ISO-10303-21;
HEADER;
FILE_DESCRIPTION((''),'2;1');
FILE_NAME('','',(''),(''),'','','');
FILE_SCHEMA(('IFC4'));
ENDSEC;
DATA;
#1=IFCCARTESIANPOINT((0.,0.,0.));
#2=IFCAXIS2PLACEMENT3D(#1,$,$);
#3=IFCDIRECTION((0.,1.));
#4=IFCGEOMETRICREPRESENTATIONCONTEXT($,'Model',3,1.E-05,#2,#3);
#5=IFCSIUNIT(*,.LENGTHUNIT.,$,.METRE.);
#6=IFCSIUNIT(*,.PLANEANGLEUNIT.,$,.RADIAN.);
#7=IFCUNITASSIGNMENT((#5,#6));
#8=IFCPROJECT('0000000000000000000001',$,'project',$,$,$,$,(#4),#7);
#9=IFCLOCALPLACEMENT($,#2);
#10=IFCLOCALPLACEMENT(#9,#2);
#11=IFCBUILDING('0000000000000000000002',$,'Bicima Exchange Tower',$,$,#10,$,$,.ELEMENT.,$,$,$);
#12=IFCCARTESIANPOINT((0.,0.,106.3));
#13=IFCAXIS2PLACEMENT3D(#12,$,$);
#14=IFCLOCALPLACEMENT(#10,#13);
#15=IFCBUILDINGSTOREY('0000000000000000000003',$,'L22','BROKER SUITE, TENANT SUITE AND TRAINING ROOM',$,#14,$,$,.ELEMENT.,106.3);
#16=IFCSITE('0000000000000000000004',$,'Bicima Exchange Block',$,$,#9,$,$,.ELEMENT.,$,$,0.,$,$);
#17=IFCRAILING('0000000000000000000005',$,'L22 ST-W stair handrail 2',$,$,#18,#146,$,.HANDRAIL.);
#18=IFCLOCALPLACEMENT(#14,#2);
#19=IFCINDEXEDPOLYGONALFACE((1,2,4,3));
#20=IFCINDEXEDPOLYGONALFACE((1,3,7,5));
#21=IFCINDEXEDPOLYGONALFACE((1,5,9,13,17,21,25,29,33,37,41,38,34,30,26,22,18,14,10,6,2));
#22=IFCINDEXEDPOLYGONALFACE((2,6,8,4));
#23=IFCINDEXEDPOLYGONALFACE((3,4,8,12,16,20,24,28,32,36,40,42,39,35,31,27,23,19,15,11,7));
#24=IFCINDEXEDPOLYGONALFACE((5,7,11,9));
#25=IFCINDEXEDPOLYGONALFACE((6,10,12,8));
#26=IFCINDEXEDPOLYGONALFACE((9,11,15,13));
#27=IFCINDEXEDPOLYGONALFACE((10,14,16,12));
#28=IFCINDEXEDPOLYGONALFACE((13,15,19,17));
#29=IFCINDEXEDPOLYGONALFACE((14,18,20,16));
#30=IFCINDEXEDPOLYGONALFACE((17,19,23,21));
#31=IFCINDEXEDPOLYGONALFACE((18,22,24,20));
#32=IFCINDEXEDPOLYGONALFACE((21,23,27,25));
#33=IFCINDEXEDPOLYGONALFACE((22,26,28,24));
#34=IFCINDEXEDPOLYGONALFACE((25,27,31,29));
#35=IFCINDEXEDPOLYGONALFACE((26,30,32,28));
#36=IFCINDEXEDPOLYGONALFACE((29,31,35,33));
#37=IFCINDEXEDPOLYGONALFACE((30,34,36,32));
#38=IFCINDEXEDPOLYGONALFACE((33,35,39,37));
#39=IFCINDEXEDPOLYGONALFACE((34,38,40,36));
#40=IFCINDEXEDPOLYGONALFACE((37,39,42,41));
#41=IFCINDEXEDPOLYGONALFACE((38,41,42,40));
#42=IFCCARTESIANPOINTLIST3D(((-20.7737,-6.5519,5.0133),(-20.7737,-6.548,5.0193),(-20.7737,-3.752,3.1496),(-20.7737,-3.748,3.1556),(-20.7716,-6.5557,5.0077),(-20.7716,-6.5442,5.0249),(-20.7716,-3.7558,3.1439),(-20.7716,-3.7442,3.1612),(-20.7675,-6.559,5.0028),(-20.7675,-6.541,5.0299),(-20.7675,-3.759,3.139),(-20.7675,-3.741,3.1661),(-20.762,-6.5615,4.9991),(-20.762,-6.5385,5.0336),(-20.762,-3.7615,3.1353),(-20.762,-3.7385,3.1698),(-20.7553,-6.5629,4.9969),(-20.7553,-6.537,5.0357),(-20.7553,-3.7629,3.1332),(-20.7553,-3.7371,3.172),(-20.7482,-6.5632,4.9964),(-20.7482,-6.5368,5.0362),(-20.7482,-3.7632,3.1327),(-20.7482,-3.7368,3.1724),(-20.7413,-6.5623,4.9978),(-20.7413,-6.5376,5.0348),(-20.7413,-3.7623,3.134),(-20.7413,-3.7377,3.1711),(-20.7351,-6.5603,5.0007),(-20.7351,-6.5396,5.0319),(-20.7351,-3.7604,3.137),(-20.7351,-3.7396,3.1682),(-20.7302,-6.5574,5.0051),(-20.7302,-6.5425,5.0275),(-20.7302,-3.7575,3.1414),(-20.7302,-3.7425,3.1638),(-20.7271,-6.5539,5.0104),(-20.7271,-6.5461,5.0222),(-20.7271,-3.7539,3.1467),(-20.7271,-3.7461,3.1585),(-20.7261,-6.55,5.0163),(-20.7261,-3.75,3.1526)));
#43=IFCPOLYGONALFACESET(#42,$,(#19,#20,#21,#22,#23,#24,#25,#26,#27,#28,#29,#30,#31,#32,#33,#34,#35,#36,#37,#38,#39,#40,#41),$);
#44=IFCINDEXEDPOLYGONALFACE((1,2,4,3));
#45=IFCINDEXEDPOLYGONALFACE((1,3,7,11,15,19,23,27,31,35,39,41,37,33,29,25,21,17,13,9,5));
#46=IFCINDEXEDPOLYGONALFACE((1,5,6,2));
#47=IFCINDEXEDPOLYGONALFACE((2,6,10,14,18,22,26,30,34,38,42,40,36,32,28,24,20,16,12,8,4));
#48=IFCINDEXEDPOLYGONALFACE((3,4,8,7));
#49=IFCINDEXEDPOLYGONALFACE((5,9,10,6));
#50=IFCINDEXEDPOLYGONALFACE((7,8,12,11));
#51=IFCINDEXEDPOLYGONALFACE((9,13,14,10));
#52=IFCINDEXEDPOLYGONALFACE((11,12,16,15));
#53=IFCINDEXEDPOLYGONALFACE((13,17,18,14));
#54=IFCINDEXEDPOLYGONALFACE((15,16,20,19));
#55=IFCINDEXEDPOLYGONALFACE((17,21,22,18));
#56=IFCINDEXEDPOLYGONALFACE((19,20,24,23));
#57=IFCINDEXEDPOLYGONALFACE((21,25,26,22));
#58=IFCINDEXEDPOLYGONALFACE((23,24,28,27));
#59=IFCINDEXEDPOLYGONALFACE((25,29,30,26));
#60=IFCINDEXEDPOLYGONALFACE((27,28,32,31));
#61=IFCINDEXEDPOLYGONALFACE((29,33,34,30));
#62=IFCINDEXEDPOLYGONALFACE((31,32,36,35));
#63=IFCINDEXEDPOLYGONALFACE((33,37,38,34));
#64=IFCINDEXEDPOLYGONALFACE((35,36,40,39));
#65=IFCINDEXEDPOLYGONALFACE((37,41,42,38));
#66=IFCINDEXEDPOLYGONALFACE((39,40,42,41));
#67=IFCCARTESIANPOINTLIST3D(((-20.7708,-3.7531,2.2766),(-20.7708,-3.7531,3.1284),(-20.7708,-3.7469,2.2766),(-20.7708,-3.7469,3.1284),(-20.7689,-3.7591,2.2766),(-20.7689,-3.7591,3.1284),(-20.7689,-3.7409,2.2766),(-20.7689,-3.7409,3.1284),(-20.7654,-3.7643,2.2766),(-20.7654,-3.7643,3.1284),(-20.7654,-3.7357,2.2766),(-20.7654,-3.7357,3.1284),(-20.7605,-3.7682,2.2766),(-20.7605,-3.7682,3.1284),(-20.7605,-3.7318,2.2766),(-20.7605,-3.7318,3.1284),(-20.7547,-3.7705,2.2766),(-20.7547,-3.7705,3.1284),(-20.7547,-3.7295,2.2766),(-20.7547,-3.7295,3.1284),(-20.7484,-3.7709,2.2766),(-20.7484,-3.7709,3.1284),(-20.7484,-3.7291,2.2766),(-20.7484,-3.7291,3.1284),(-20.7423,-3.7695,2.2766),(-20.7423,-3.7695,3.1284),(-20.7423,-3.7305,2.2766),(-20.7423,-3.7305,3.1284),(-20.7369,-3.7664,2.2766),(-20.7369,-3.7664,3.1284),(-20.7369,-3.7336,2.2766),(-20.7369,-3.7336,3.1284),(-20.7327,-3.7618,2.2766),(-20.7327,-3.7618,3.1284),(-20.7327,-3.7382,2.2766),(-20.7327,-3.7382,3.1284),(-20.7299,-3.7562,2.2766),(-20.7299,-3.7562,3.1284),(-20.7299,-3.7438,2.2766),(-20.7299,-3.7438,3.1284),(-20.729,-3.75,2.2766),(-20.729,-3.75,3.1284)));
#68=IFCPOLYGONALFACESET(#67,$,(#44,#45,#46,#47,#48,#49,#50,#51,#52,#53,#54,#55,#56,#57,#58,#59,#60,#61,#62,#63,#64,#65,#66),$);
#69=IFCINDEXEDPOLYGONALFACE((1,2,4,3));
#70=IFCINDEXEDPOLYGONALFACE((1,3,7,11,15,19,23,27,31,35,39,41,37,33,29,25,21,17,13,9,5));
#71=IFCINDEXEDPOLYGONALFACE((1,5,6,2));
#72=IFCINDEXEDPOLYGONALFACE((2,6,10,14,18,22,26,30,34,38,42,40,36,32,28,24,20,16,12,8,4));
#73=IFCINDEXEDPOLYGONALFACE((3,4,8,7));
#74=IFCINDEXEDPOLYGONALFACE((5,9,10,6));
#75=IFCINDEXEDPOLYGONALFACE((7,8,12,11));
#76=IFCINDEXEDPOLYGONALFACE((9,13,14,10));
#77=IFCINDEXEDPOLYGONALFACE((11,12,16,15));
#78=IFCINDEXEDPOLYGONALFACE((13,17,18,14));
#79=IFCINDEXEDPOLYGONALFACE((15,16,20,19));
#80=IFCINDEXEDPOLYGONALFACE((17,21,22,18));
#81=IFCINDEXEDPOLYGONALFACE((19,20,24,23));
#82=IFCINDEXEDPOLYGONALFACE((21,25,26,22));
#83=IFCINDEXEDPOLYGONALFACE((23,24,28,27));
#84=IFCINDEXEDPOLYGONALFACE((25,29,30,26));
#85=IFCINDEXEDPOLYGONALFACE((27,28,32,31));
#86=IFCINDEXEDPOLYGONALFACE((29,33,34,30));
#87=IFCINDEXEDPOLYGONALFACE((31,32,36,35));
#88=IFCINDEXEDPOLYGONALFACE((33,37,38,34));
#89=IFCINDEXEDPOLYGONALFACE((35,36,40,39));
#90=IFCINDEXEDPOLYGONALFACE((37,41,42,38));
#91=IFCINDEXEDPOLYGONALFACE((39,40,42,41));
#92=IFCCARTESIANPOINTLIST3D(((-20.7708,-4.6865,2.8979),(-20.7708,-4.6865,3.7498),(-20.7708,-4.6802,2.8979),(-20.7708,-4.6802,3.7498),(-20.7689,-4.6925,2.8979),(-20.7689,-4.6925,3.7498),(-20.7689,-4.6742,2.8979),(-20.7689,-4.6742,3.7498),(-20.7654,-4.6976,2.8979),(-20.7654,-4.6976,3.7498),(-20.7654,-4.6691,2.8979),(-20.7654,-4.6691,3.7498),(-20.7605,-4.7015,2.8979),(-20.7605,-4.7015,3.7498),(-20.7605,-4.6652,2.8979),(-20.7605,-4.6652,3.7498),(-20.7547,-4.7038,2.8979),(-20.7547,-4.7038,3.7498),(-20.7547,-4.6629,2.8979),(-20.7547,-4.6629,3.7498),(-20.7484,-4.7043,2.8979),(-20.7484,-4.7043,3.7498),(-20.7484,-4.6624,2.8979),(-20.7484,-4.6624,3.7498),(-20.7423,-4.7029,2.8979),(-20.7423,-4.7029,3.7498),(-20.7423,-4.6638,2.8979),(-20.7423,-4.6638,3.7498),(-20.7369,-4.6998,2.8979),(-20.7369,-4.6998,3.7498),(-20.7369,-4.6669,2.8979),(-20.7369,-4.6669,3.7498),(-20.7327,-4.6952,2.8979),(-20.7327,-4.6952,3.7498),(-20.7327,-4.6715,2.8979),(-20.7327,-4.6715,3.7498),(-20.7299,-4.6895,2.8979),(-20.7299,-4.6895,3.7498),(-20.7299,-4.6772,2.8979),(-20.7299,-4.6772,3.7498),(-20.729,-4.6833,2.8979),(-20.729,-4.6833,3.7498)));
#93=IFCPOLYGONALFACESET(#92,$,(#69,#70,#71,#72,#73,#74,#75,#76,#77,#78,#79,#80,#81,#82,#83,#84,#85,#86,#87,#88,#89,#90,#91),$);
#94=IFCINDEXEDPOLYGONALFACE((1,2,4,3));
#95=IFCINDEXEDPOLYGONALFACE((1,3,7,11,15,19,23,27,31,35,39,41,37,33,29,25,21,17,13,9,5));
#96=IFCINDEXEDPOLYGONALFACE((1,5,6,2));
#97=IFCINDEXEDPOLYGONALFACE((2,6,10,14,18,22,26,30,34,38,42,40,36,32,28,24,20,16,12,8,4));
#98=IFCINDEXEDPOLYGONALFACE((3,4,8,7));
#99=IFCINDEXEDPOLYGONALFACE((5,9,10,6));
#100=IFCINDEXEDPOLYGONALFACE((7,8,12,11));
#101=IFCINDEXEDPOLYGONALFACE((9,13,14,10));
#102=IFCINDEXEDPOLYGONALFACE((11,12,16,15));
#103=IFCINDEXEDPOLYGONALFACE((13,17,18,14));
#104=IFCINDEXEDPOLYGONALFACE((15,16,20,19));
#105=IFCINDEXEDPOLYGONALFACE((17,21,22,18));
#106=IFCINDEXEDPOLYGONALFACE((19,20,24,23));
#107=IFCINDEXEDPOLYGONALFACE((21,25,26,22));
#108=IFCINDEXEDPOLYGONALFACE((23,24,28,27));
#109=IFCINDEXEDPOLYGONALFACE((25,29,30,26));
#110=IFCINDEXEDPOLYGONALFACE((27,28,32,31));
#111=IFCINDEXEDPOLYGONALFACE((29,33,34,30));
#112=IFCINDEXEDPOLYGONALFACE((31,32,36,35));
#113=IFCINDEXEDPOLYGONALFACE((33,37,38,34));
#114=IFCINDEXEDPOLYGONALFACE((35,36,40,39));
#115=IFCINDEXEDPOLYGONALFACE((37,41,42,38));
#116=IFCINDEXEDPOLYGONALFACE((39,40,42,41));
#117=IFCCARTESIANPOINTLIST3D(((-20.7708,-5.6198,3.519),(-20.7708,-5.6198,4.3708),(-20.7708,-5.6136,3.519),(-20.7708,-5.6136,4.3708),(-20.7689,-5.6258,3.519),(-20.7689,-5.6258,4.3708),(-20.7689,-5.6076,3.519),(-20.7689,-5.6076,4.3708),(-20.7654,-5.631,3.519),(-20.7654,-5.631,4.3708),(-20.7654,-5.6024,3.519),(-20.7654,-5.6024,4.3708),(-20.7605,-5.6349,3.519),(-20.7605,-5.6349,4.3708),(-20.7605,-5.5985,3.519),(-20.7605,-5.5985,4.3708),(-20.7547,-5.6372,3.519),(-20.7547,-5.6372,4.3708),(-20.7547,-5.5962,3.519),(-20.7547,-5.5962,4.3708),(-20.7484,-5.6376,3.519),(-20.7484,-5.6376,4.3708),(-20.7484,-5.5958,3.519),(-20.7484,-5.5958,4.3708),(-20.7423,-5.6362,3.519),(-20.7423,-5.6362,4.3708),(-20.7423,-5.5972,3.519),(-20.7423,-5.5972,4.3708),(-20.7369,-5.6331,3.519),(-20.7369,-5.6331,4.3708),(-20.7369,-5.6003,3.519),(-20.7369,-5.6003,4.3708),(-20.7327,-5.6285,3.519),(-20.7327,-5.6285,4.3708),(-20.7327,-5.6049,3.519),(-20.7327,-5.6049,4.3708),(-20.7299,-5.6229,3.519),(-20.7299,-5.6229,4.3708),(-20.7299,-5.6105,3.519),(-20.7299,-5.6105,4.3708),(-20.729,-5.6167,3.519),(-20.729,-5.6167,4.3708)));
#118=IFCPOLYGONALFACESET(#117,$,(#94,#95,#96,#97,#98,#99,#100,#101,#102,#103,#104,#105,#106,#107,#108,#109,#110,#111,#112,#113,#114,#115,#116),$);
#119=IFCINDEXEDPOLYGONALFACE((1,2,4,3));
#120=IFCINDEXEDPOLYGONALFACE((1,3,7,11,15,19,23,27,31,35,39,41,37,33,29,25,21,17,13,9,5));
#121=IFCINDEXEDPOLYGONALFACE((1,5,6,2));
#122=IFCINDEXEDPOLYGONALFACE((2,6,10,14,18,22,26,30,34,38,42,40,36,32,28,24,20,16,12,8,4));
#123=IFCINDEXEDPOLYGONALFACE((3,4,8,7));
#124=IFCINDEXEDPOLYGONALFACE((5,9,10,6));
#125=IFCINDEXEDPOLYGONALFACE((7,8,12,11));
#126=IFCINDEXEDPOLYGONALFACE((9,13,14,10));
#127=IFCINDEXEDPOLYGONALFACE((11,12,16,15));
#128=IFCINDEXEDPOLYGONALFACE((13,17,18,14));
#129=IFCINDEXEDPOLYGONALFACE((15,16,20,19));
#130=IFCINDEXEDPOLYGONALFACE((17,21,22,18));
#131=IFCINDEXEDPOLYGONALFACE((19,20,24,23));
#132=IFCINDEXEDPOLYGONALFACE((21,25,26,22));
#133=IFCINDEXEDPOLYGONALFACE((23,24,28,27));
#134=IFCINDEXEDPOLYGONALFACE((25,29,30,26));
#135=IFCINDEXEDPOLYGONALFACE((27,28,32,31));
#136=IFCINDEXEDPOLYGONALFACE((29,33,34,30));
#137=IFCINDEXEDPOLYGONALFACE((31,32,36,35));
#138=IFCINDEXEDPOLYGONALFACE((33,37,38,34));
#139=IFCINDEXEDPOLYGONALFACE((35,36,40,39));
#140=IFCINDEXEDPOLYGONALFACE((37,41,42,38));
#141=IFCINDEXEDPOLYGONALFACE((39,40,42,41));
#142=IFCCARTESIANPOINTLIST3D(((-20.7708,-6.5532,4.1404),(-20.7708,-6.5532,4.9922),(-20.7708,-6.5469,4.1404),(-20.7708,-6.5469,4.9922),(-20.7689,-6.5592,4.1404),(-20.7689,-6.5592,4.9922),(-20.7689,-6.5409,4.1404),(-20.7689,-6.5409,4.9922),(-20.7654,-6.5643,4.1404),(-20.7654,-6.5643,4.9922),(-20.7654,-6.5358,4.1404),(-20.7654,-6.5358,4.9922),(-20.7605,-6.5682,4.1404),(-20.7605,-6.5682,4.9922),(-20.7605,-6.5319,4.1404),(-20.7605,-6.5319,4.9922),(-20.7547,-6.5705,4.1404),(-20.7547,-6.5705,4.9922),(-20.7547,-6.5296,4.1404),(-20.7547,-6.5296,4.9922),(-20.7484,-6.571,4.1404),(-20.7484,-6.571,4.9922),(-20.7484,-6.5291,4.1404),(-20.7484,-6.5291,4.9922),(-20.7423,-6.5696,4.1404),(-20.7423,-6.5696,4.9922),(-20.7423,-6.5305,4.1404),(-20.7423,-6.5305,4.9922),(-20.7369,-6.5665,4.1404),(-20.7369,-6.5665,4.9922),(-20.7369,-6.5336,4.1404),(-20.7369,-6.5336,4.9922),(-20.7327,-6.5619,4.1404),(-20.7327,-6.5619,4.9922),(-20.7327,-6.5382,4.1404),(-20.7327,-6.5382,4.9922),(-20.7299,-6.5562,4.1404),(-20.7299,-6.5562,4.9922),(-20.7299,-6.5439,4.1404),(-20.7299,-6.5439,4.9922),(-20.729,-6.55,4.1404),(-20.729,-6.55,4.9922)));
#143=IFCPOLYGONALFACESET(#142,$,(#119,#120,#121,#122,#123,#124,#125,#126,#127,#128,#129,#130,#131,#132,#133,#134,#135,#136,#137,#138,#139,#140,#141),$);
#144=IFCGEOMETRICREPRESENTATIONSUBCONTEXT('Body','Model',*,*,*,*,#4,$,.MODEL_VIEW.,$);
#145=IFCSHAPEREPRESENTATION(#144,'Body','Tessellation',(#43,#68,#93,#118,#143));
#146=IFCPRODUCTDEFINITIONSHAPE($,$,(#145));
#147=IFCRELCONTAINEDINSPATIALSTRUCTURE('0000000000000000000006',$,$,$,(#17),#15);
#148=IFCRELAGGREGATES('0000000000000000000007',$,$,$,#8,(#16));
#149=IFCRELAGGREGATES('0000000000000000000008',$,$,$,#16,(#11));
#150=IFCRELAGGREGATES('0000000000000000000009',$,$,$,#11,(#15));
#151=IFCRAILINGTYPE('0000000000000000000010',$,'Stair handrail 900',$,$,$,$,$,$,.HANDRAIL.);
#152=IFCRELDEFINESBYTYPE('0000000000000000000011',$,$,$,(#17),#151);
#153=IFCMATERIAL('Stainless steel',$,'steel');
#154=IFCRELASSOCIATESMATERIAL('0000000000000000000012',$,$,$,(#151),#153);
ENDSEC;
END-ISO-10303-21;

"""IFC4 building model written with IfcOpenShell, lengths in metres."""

from ifc_helpers import new_model, si_unit, direction, frame, origin, origin_2d, place, context, subcontext, project, spatial, circle, extrude, material, type_object, element, save


model = new_model("IFC4")

# Units and contexts
model_context = context("Model", 3, precision=1e-05, world=origin(), true_north=direction((0.0, 1.0)))
body_context = subcontext(model_context, "Body", "Model", "MODEL_VIEW")
ifc_project = project(units=[si_unit("LENGTHUNIT", "METRE"), si_unit("PLANEANGLEUNIT", "RADIAN")], contexts=[model_context])

# Site, building, storey
site_placement = place(None, origin())
site = spatial("IfcSite", under=ifc_project, at=site_placement, Name="Bicima Exchange Block", CompositionType="ELEMENT", RefElevation=0.0)
building_placement = place(site_placement, origin())
building = spatial("IfcBuilding", under=site, at=building_placement, Name="Bicima Exchange Tower", CompositionType="ELEMENT")
storey_placement = place(building_placement, frame((0.0, 0.0, 106.3)))
storey = spatial("IfcBuildingStorey", under=building, at=storey_placement, Name="L22", Description="BROKER SUITE, TENANT SUITE AND TRAINING ROOM", CompositionType="ELEMENT", Elevation=106.3)

# Shared definitions
ifc_material_1 = material(Name="Stainless steel", Category="steel")

# Railing
railing_type_1 = type_object("IfcRailingType", Name="Stair handrail 900", PredefinedType="HANDRAIL", material=ifc_material_1)
railing_1_placement = place(storey_placement, frame((-20.75, -3.75, 2.2766)))
element("IfcRailing", 1, at=railing_1_placement, inside=storey, type_object=railing_type_1, Name="L22 ST-W stair handrail 2", PredefinedType="HANDRAIL", context=body_context, shape_type="SweptSolid", body=[
    extrude(circle(Radius=0.0239, at=origin_2d()), frame((0.0, 0.0, 0.876), z_axis=(0.0, -0.832452, 0.554097), x_axis=(1.0, 0.0, 0.0)), (0.0, 0.0, 1.0), 3.3635),
    extrude(circle(Radius=0.021, at=origin_2d()), origin(), (0.0, 0.0, 1.0), 0.8518),
    extrude(circle(Radius=0.021, at=origin_2d()), frame((0.0, -0.9333, 0.6213)), (0.0, 0.0, 1.0), 0.8518),
    extrude(circle(Radius=0.021, at=origin_2d()), frame((0.0, -1.8667, 1.2424)), (0.0, 0.0, 1.0), 0.8518),
    extrude(circle(Radius=0.021, at=origin_2d()), frame((0.0, -2.8, 1.8638)), (0.0, 0.0, 1.0), 0.8518),
])

save(model, "model.ifc")
